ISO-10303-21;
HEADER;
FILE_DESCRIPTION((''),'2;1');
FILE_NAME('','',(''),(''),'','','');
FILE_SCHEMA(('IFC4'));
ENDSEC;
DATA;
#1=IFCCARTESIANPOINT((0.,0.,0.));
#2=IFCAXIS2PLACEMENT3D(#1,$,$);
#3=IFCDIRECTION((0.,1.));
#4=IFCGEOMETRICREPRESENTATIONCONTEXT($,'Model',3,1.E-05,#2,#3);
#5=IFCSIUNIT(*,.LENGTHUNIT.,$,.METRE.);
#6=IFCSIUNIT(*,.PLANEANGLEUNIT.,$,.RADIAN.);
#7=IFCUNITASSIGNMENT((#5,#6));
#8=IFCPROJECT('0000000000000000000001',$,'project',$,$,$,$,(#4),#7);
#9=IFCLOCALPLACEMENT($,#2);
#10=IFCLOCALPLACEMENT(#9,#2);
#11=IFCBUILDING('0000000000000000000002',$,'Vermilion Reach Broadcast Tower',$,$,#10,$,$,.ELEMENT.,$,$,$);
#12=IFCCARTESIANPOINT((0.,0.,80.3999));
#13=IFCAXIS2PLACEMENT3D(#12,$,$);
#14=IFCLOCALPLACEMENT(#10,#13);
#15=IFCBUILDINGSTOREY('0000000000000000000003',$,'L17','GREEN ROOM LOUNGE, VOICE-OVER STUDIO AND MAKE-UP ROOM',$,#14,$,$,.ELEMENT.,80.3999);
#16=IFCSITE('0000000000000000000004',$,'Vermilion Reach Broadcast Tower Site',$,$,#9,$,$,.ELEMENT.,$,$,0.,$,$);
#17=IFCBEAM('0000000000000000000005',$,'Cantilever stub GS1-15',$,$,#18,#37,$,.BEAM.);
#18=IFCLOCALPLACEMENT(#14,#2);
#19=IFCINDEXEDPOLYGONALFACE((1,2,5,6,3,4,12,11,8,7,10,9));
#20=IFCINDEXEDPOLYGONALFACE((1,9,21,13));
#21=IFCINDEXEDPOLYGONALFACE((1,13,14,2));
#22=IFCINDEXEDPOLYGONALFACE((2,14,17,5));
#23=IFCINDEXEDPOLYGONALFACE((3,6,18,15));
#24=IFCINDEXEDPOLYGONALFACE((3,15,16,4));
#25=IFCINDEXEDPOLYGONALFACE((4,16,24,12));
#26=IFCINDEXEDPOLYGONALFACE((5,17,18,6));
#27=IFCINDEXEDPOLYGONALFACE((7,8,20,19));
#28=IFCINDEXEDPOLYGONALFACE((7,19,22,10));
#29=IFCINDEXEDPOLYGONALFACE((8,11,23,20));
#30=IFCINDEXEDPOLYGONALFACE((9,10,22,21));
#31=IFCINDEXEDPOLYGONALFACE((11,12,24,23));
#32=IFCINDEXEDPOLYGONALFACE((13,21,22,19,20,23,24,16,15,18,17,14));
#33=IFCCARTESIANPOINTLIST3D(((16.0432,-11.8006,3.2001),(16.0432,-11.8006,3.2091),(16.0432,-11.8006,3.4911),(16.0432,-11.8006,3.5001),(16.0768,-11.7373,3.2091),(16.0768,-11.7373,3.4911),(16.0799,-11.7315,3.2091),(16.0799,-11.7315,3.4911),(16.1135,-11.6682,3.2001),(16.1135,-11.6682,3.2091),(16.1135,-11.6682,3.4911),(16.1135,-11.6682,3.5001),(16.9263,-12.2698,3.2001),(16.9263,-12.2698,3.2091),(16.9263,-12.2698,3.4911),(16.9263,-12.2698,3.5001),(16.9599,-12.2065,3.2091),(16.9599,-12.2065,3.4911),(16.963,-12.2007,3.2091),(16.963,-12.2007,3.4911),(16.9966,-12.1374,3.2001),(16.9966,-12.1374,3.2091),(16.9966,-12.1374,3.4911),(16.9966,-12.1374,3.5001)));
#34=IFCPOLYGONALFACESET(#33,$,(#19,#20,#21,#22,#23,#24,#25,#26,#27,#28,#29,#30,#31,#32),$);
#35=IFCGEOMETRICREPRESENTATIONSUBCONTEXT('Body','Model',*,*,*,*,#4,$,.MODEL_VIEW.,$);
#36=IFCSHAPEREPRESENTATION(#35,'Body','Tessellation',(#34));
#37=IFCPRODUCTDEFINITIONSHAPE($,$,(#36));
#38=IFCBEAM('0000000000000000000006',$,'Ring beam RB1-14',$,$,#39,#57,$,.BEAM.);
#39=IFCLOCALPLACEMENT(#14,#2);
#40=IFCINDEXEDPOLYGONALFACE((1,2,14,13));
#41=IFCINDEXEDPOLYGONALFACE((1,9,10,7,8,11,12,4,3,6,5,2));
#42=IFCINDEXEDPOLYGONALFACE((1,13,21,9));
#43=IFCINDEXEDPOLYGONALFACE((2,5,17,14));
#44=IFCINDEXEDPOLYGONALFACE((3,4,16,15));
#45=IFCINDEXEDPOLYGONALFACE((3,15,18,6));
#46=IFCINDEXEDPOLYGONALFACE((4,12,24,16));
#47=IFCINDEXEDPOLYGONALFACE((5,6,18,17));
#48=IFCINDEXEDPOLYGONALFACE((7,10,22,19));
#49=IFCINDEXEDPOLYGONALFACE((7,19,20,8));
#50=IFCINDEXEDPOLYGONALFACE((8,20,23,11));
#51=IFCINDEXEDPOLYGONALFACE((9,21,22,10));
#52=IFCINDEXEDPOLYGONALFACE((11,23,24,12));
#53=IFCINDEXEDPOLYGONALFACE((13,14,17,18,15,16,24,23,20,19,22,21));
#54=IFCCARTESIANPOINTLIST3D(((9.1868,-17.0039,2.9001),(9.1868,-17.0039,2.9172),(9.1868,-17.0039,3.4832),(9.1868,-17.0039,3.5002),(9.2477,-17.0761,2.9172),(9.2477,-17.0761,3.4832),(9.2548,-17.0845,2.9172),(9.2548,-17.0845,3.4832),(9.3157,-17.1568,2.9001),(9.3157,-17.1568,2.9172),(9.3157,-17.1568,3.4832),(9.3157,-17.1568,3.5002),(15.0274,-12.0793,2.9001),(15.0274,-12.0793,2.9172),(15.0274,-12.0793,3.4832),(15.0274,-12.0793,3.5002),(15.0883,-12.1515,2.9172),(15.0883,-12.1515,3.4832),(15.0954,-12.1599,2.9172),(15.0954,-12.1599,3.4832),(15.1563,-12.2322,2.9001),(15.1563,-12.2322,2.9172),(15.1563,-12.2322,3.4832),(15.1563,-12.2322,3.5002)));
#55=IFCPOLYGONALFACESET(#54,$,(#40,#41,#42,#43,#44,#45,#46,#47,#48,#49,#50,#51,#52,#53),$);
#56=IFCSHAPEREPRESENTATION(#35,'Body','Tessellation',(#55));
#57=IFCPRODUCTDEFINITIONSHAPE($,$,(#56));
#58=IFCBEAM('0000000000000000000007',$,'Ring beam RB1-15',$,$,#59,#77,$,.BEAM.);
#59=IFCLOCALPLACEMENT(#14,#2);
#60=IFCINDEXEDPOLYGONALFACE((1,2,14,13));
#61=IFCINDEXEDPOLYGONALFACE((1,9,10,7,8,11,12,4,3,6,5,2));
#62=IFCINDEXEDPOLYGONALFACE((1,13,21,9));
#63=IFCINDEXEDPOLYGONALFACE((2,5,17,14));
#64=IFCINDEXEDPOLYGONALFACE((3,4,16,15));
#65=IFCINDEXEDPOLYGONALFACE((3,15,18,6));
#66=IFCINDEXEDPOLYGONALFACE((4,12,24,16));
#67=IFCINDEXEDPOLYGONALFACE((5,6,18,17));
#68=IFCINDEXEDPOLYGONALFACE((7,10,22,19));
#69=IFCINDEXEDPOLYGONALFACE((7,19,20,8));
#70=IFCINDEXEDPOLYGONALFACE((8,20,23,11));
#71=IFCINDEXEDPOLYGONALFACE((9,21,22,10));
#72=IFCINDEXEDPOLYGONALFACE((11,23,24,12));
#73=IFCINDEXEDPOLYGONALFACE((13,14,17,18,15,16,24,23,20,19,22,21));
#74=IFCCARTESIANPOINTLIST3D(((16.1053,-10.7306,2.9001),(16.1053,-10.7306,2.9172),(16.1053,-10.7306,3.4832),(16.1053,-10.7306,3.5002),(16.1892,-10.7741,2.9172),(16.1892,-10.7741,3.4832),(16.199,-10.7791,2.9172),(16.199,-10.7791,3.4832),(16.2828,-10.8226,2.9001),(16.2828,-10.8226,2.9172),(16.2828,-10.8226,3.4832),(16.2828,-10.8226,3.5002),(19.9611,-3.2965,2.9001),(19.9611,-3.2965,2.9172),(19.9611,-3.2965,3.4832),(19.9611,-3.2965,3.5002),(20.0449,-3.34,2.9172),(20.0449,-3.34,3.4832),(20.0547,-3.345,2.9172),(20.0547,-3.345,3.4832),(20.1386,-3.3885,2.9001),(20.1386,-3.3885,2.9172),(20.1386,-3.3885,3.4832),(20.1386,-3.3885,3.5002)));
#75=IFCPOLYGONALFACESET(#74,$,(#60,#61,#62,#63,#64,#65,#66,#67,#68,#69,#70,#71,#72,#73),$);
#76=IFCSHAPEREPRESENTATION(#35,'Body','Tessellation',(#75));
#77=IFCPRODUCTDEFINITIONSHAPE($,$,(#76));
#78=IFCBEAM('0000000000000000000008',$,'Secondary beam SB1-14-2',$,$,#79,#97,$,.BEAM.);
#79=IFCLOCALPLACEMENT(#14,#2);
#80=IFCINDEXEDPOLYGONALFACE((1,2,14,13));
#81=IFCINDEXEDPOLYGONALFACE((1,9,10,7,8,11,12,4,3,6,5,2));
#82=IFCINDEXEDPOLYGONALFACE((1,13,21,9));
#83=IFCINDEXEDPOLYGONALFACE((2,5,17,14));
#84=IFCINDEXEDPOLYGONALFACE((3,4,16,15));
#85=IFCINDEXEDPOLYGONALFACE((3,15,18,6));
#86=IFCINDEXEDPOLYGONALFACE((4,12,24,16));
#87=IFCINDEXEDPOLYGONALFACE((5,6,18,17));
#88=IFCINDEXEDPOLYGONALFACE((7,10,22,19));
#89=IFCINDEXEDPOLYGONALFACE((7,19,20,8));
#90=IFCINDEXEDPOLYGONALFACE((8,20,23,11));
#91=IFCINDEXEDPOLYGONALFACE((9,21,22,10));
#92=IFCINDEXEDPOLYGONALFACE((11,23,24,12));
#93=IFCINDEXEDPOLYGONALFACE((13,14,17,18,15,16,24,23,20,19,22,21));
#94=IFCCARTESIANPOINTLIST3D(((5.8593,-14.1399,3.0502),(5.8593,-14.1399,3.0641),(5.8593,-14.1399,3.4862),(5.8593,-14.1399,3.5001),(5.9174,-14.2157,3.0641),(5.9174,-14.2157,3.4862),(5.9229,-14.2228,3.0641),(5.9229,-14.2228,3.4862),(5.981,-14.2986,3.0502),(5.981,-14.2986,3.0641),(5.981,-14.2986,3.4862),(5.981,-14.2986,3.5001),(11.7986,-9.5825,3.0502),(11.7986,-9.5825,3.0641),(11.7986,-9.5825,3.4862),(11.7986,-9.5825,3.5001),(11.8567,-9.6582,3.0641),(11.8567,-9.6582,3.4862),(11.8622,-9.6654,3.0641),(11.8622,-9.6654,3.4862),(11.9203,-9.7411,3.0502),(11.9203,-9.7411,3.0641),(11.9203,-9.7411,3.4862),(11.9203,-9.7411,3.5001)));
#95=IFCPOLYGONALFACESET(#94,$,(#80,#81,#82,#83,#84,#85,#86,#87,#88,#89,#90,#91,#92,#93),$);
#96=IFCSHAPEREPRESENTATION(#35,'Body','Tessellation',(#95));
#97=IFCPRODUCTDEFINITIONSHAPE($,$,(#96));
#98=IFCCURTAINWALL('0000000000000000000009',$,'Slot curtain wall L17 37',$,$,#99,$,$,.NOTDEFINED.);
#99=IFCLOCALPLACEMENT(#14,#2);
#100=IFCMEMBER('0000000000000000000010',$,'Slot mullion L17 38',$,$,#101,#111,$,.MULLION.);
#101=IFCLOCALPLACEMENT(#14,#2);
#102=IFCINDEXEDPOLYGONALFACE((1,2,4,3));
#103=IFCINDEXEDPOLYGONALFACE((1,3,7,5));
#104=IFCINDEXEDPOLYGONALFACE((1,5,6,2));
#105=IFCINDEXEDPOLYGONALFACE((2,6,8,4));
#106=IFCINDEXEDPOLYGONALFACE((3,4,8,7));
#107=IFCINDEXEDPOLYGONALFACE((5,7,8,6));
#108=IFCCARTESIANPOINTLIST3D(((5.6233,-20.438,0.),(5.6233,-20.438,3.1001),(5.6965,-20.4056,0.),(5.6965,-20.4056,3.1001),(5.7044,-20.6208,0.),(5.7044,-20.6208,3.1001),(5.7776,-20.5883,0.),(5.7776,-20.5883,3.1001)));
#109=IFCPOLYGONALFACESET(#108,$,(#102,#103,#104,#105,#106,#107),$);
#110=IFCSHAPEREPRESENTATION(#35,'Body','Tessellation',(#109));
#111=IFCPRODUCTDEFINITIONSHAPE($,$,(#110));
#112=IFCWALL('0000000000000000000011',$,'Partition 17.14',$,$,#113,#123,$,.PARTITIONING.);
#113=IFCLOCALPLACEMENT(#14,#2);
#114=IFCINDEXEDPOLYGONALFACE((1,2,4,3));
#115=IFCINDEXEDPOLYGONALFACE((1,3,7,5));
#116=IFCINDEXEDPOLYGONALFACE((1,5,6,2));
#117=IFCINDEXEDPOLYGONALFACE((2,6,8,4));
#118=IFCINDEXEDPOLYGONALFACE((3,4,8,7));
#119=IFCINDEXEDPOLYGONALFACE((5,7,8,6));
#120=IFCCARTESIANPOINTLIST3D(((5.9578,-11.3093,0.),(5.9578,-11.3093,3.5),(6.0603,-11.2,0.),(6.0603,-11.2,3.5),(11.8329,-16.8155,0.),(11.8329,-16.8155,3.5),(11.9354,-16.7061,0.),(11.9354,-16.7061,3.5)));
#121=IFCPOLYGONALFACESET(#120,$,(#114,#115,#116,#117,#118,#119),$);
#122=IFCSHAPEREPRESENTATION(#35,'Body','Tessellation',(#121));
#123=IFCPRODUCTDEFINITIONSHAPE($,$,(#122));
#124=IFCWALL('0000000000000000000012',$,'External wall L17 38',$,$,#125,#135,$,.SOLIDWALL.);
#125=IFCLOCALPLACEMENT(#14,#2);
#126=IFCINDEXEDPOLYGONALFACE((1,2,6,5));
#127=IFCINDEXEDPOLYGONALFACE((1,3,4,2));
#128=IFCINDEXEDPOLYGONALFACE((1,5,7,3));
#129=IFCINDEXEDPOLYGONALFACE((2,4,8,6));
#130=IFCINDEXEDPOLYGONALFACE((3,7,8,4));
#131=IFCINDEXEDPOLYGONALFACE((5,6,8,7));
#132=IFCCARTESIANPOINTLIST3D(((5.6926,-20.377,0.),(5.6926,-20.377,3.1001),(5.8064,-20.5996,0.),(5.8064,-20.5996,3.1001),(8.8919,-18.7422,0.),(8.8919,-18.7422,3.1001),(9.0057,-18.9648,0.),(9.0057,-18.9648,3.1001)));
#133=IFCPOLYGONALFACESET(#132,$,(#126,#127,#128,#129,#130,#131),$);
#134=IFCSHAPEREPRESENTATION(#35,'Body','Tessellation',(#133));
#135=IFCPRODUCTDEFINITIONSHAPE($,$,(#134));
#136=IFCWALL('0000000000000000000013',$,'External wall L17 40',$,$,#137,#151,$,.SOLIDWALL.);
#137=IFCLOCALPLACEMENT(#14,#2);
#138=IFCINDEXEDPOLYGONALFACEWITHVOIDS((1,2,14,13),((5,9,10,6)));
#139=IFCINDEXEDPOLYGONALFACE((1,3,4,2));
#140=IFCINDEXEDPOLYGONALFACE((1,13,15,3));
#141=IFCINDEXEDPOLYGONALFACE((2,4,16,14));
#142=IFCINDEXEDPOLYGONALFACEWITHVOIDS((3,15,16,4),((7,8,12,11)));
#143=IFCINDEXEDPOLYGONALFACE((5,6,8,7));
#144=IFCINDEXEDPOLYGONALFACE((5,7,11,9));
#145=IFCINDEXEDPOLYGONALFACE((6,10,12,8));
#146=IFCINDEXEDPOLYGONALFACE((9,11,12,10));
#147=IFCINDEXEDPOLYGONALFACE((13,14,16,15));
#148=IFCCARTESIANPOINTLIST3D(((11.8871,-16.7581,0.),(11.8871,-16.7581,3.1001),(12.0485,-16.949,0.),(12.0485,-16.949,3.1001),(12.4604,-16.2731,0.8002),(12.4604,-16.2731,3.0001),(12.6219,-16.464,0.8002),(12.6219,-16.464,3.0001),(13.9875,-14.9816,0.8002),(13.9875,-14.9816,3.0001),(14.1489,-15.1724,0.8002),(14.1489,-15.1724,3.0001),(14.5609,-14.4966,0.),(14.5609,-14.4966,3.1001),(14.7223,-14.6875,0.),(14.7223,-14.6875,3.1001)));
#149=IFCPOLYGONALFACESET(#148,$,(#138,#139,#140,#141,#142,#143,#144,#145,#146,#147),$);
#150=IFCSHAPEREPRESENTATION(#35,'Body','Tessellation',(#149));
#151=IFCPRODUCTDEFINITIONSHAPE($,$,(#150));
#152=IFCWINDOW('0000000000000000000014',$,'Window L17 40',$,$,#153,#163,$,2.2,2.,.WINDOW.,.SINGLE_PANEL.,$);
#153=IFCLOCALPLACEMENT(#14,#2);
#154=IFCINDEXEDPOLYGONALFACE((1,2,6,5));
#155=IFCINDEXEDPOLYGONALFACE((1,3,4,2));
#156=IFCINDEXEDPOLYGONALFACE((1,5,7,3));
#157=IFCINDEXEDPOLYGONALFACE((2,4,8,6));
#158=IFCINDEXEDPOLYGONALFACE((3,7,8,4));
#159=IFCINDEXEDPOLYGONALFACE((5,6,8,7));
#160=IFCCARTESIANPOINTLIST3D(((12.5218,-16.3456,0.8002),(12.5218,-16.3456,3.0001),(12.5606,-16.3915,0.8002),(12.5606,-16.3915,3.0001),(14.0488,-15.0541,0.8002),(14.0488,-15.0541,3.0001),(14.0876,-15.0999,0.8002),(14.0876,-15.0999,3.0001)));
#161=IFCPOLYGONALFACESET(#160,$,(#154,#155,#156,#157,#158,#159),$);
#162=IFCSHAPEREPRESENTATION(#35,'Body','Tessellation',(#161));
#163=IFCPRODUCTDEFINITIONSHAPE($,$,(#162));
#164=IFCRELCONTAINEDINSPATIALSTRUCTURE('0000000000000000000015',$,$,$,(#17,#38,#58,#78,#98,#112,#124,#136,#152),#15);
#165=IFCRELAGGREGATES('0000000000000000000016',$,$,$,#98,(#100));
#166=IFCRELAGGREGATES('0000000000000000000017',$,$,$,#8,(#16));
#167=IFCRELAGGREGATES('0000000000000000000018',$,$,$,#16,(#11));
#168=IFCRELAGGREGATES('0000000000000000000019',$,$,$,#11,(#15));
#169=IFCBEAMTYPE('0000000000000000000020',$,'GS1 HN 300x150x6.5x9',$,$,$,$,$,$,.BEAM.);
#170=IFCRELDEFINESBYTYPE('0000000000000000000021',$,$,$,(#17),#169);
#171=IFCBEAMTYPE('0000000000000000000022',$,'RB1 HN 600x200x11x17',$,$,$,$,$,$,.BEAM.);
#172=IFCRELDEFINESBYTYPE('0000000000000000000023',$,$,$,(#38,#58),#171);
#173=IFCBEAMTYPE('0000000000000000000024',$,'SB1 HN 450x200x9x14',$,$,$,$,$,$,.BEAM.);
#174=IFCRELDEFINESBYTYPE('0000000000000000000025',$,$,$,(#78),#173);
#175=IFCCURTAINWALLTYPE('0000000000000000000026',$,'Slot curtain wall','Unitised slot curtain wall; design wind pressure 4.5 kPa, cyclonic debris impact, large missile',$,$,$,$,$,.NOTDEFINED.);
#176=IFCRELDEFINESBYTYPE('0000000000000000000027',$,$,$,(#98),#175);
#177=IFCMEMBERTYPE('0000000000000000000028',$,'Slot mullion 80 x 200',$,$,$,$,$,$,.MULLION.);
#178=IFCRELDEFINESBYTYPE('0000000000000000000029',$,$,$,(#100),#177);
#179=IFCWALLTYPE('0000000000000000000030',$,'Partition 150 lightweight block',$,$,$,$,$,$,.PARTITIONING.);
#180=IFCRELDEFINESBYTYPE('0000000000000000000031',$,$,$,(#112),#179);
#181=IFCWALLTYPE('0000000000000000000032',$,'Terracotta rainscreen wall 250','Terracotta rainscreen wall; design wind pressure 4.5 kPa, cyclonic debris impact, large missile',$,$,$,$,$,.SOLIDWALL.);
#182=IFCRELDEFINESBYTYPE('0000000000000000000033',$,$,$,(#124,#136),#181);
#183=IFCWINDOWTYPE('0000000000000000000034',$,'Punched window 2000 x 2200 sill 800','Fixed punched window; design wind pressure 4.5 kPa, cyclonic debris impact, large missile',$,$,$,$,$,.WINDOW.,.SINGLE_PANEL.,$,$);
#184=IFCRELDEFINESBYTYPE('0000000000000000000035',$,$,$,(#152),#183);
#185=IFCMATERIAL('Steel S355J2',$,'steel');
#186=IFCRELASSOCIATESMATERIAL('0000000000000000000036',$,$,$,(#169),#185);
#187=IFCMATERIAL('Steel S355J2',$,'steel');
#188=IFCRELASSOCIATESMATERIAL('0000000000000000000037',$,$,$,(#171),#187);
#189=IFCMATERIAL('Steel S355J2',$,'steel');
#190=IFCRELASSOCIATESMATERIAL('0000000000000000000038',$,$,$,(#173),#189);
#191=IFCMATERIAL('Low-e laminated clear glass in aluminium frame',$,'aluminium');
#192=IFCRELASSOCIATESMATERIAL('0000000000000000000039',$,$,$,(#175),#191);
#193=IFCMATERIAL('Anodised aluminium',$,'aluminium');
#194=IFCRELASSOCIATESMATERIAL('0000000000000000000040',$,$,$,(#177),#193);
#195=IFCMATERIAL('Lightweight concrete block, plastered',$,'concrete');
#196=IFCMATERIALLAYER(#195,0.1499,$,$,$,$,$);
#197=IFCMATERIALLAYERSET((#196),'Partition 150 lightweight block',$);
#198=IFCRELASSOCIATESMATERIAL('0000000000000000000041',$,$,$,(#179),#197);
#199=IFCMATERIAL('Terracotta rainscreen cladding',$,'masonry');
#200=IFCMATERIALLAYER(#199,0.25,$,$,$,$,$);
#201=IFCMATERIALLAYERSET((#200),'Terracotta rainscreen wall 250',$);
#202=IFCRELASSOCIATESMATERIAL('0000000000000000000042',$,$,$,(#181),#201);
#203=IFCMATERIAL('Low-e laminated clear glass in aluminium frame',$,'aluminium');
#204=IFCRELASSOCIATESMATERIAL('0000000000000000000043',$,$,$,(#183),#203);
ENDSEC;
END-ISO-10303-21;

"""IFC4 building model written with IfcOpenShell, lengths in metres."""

from ifc_helpers import new_model, si_unit, direction, frame, frame_2d, origin, origin_2d, place, context, subcontext, project, spatial, rectangle, i_section, extrude, material, layer, layer_set, material_profile, profile_set, type_object, element, fill, aggregate, save


model = new_model("IFC4")

# Units and contexts
model_context = context("Model", 3, precision=1e-05, world=origin(), true_north=direction((0.0, 1.0)))
body_context = subcontext(model_context, "Body", "Model", "MODEL_VIEW")
ifc_project = project(units=[si_unit("LENGTHUNIT", "METRE"), si_unit("PLANEANGLEUNIT", "RADIAN")], contexts=[model_context])

# Site, building, storey
site_placement = place(None, origin())
site = spatial("IfcSite", under=ifc_project, at=site_placement, Name="Vermilion Reach Broadcast Tower Site", CompositionType="ELEMENT", RefElevation=0.0)
building_placement = place(site_placement, origin())
building = spatial("IfcBuilding", under=site, at=building_placement, Name="Vermilion Reach Broadcast Tower", CompositionType="ELEMENT")
storey_placement = place(building_placement, frame((0.0, 0.0, 80.3999)))
storey = spatial("IfcBuildingStorey", under=building, at=storey_placement, Name="L17", Description="GREEN ROOM LOUNGE, VOICE-OVER STUDIO AND MAKE-UP ROOM", CompositionType="ELEMENT", Elevation=80.3999)

# Beams
ifc_material_1 = material(Name="Steel S355J2", Category="steel")
ifc_material_profile_1 = material_profile(ifc_material_1, i_section(OverallWidth=0.1499, OverallDepth=0.3, WebThickness=0.0066, FlangeThickness=0.009, at=origin_2d()), Name="S355J2 HN 300x150x6.5x9")
ifc_profile_set_1 = profile_set([ifc_material_profile_1], Name="Steel S355J2")
beam_type_1 = type_object("IfcBeamType", Name="GS1 HN 300x150x6.5x9", PredefinedType="BEAM", material=ifc_profile_set_1)
for number, where, z_axis, x_axis, name in (
    (1, (16.0784, -11.7344, 3.3501), (0.883068, -0.469244, 0.0), (0.469244, 0.883068, 0.0), "Cantilever stub GS1-15"),
):
    element("IfcBeam", number, at=place(storey_placement, frame(where, z_axis=z_axis, x_axis=x_axis)), inside=storey, type_object=beam_type_1, Name=name, PredefinedType="BEAM", context=body_context, shape_type="SweptSolid", body=[
        extrude(i_section(OverallWidth=0.1499, OverallDepth=0.3, WebThickness=0.0066, FlangeThickness=0.009, at=origin_2d()), origin(), (0.0, 0.0, 1.0), 1.0),
    ])
ifc_material_2 = material(Name="Steel S355J2", Category="steel")
ifc_material_profile_2 = material_profile(ifc_material_2, i_section(OverallWidth=0.2, OverallDepth=0.6001, WebThickness=0.011, FlangeThickness=0.0171, at=origin_2d()), Name="S355J2 HN 600x200x11x17")
ifc_profile_set_2 = profile_set([ifc_material_profile_2], Name="Steel S355J2")
beam_type_2 = type_object("IfcBeamType", Name="RB1 HN 600x200x11x17", PredefinedType="BEAM", material=ifc_profile_set_2)
beam_1_placement = place(storey_placement, frame((9.2512, -17.0803, 3.2002), z_axis=(0.764512, 0.644609, 0.0), x_axis=(-0.644609, 0.764512, 0.0)))
element("IfcBeam", 2, at=beam_1_placement, inside=storey, type_object=beam_type_2, Name="Ring beam RB1-14", PredefinedType="BEAM", context=body_context, shape_type="SweptSolid", body=[
    extrude(i_section(OverallWidth=0.2, OverallDepth=0.6001, WebThickness=0.011, FlangeThickness=0.0171, at=origin_2d()), origin(), (0.0, 0.0, 1.0), 7.6396),
])
beam_2_placement = place(storey_placement, frame((16.1941, -10.7766, 3.2002), z_axis=(0.460412, 0.887706, 0.0), x_axis=(-0.887706, 0.460412, 0.0)))
element("IfcBeam", 3, at=beam_2_placement, inside=storey, type_object=beam_type_2, Name="Ring beam RB1-15", PredefinedType="BEAM", context=body_context, shape_type="SweptSolid", body=[
    extrude(i_section(OverallWidth=0.2, OverallDepth=0.6001, WebThickness=0.011, FlangeThickness=0.0171, at=origin_2d()), origin(), (0.0, 0.0, 1.0), 8.3745),
])
ifc_material_3 = material(Name="Steel S355J2", Category="steel")
ifc_material_profile_3 = material_profile(ifc_material_3, i_section(OverallWidth=0.2, OverallDepth=0.45, WebThickness=0.009, FlangeThickness=0.0139, at=origin_2d()), Name="S355J2 HN 450x200x9x14")
ifc_profile_set_3 = profile_set([ifc_material_profile_3], Name="Steel S355J2")
beam_type_3 = type_object("IfcBeamType", Name="SB1 HN 450x200x9x14", PredefinedType="BEAM", material=ifc_profile_set_3)
beam_3_placement = place(storey_placement, frame((5.9202, -14.2192, 3.2751), z_axis=(0.79335, 0.608766, 0.0), x_axis=(-0.608766, 0.79335, 0.0)))
element("IfcBeam", 4, at=beam_3_placement, inside=storey, type_object=beam_type_3, Name="Secondary beam SB1-14-2", PredefinedType="BEAM", context=body_context, shape_type="SweptSolid", body=[
    extrude(i_section(OverallWidth=0.2, OverallDepth=0.45, WebThickness=0.009, FlangeThickness=0.0139, at=origin_2d()), origin(), (0.0, 0.0, 1.0), 7.4863),
])

# Curtain wall, member
ifc_material_4 = material(Name="Low-e laminated clear glass in aluminium frame", Category="aluminium")
curtain_wall_type = type_object("IfcCurtainWallType", Name="Slot curtain wall", Description="Unitised slot curtain wall; design wind pressure 4.5 kPa, cyclonic debris impact, large missile", PredefinedType="NOTDEFINED", material=ifc_material_4)
curtain_wall_placement = place(storey_placement, origin())
curtain_wall = element("IfcCurtainWall", 5, at=curtain_wall_placement, inside=storey, type_object=curtain_wall_type, Name="Slot curtain wall L17 37", PredefinedType="NOTDEFINED")
ifc_material_5 = material(Name="Anodised aluminium", Category="aluminium")
ifc_material_profile_4 = material_profile(ifc_material_5, rectangle(XDim=0.2, YDim=0.0801, at=origin_2d()), Name="Slot mullion 80 x 200")
ifc_profile_set_4 = profile_set([ifc_material_profile_4], Name="Anodised aluminium")
member_type = type_object("IfcMemberType", Name="Slot mullion 80 x 200", PredefinedType="MULLION", material=ifc_profile_set_4)
member_placement = place(storey_placement, frame((5.7004, -20.5132, 0.0), z_axis=(0.0, 0.0, 1.0), x_axis=(-0.405477, 0.914105, 0.0)))
member = element("IfcMember", 6, at=member_placement, type_object=member_type, Name="Slot mullion L17 38", PredefinedType="MULLION", context=body_context, shape_type="SweptSolid", body=[
    extrude(rectangle(XDim=0.2, YDim=0.0801, at=origin_2d()), origin(), (0.0, 0.0, 1.0), 3.1001),
])
aggregate(curtain_wall, [member])

# Walls
ifc_material_6 = material(Name="Lightweight concrete block, plastered", Category="concrete")
ifc_layer_1 = layer(ifc_material_6, 0.1499)
ifc_layer_set_1 = layer_set([ifc_layer_1], Name="Partition 150 lightweight block")
wall_type_1 = type_object("IfcWallType", Name="Partition 150 lightweight block", PredefinedType="PARTITIONING", material=ifc_layer_set_1)
wall_1_placement = place(storey_placement, frame((11.884, -16.7607, 0.0), z_axis=(0.0, 0.0, 1.0), x_axis=(-0.729643, 0.683828, 0.0)))
element("IfcWall", 7, at=wall_1_placement, inside=storey, type_object=wall_type_1, Name="Partition 17.14", PredefinedType="PARTITIONING", context=body_context, shape_type="SweptSolid", body=[
    extrude(rectangle(XDim=8.052, YDim=0.1499, at=frame_2d((4.0259, 0.0))), origin(), (0.0, 0.0, 1.0), 3.5),
])
ifc_material_7 = material(Name="Terracotta rainscreen cladding", Category="masonry")
ifc_layer_2 = layer(ifc_material_7, 0.25)
ifc_layer_set_2 = layer_set([ifc_layer_2], Name="Terracotta rainscreen wall 250")
wall_type_2 = type_object("IfcWallType", Name="Terracotta rainscreen wall 250", Description="Terracotta rainscreen wall; design wind pressure 4.5 kPa, cyclonic debris impact, large missile", PredefinedType="SOLIDWALL", material=ifc_layer_set_2)
wall_2_placement = place(storey_placement, frame((5.7495, -20.4883, 0.0), z_axis=(0.0, 0.0, 1.0), x_axis=(0.890479, 0.455025, 0.0)))
element("IfcWall", 8, at=wall_2_placement, inside=storey, type_object=wall_type_2, Name="External wall L17 38", PredefinedType="SOLIDWALL", context=body_context, shape_type="SweptSolid", body=[
    extrude(rectangle(XDim=3.5928, YDim=0.25, at=frame_2d((1.7964, 0.0))), origin(), (0.0, 0.0, 1.0), 3.1001),
])

# Wall, opening, window
wall_3_placement = place(storey_placement, frame((11.9678, -16.8535, 0.0), z_axis=(0.0, 0.0, 1.0), x_axis=(0.763526, 0.645777, 0.0)))
wall_3 = element("IfcWall", 9, at=wall_3_placement, inside=storey, type_object=wall_type_2, Name="External wall L17 40", PredefinedType="SOLIDWALL", context=body_context, shape_type="SweptSolid", body=[
    extrude(rectangle(XDim=3.502, YDim=0.25, at=frame_2d((1.751, 0.0))), origin(), (0.0, 0.0, 1.0), 3.1001),
])
opening_1_placement = place(wall_3_placement, frame((0.751, 0.0, 0.8)))
opening_1 = element("IfcOpeningElement", 10, at=opening_1_placement, cuts=wall_3, PredefinedType="OPENING", context=body_context, shape_type="SweptSolid", body=[
    extrude(rectangle(XDim=2.0, YDim=2.2, at=frame_2d((1.0, 1.1001))), frame((0.0, 0.135, 0.0), z_axis=(0.0, -1.0, 0.0), x_axis=(1.0, 0.0, 0.0)), (0.0, 0.0, 1.0), 0.27),
])
ifc_material_8 = material(Name="Low-e laminated clear glass in aluminium frame", Category="aluminium")
window_type = type_object("IfcWindowType", Name="Punched window 2000 x 2200 sill 800", Description="Fixed punched window; design wind pressure 4.5 kPa, cyclonic debris impact, large missile", PartitioningType="SINGLE_PANEL", PredefinedType="WINDOW", material=ifc_material_8)
window_1_placement = place(opening_1_placement, origin())
window_1 = element("IfcWindow", 11, at=window_1_placement, inside=storey, type_object=window_type, Name="Window L17 40", OverallHeight=2.2, OverallWidth=2.0, PartitioningType="SINGLE_PANEL", PredefinedType="WINDOW", context=body_context, shape_type="SweptSolid", body=[
    extrude(rectangle(XDim=2.0, YDim=2.2, at=frame_2d((1.0, 1.1001))), frame((0.0, 0.03, 0.0), z_axis=(0.0, -1.0, 0.0), x_axis=(1.0, 0.0, 0.0)), (0.0, 0.0, 1.0), 0.0601),
])
fill(opening_1, window_1)

save(model, "model.ifc")
